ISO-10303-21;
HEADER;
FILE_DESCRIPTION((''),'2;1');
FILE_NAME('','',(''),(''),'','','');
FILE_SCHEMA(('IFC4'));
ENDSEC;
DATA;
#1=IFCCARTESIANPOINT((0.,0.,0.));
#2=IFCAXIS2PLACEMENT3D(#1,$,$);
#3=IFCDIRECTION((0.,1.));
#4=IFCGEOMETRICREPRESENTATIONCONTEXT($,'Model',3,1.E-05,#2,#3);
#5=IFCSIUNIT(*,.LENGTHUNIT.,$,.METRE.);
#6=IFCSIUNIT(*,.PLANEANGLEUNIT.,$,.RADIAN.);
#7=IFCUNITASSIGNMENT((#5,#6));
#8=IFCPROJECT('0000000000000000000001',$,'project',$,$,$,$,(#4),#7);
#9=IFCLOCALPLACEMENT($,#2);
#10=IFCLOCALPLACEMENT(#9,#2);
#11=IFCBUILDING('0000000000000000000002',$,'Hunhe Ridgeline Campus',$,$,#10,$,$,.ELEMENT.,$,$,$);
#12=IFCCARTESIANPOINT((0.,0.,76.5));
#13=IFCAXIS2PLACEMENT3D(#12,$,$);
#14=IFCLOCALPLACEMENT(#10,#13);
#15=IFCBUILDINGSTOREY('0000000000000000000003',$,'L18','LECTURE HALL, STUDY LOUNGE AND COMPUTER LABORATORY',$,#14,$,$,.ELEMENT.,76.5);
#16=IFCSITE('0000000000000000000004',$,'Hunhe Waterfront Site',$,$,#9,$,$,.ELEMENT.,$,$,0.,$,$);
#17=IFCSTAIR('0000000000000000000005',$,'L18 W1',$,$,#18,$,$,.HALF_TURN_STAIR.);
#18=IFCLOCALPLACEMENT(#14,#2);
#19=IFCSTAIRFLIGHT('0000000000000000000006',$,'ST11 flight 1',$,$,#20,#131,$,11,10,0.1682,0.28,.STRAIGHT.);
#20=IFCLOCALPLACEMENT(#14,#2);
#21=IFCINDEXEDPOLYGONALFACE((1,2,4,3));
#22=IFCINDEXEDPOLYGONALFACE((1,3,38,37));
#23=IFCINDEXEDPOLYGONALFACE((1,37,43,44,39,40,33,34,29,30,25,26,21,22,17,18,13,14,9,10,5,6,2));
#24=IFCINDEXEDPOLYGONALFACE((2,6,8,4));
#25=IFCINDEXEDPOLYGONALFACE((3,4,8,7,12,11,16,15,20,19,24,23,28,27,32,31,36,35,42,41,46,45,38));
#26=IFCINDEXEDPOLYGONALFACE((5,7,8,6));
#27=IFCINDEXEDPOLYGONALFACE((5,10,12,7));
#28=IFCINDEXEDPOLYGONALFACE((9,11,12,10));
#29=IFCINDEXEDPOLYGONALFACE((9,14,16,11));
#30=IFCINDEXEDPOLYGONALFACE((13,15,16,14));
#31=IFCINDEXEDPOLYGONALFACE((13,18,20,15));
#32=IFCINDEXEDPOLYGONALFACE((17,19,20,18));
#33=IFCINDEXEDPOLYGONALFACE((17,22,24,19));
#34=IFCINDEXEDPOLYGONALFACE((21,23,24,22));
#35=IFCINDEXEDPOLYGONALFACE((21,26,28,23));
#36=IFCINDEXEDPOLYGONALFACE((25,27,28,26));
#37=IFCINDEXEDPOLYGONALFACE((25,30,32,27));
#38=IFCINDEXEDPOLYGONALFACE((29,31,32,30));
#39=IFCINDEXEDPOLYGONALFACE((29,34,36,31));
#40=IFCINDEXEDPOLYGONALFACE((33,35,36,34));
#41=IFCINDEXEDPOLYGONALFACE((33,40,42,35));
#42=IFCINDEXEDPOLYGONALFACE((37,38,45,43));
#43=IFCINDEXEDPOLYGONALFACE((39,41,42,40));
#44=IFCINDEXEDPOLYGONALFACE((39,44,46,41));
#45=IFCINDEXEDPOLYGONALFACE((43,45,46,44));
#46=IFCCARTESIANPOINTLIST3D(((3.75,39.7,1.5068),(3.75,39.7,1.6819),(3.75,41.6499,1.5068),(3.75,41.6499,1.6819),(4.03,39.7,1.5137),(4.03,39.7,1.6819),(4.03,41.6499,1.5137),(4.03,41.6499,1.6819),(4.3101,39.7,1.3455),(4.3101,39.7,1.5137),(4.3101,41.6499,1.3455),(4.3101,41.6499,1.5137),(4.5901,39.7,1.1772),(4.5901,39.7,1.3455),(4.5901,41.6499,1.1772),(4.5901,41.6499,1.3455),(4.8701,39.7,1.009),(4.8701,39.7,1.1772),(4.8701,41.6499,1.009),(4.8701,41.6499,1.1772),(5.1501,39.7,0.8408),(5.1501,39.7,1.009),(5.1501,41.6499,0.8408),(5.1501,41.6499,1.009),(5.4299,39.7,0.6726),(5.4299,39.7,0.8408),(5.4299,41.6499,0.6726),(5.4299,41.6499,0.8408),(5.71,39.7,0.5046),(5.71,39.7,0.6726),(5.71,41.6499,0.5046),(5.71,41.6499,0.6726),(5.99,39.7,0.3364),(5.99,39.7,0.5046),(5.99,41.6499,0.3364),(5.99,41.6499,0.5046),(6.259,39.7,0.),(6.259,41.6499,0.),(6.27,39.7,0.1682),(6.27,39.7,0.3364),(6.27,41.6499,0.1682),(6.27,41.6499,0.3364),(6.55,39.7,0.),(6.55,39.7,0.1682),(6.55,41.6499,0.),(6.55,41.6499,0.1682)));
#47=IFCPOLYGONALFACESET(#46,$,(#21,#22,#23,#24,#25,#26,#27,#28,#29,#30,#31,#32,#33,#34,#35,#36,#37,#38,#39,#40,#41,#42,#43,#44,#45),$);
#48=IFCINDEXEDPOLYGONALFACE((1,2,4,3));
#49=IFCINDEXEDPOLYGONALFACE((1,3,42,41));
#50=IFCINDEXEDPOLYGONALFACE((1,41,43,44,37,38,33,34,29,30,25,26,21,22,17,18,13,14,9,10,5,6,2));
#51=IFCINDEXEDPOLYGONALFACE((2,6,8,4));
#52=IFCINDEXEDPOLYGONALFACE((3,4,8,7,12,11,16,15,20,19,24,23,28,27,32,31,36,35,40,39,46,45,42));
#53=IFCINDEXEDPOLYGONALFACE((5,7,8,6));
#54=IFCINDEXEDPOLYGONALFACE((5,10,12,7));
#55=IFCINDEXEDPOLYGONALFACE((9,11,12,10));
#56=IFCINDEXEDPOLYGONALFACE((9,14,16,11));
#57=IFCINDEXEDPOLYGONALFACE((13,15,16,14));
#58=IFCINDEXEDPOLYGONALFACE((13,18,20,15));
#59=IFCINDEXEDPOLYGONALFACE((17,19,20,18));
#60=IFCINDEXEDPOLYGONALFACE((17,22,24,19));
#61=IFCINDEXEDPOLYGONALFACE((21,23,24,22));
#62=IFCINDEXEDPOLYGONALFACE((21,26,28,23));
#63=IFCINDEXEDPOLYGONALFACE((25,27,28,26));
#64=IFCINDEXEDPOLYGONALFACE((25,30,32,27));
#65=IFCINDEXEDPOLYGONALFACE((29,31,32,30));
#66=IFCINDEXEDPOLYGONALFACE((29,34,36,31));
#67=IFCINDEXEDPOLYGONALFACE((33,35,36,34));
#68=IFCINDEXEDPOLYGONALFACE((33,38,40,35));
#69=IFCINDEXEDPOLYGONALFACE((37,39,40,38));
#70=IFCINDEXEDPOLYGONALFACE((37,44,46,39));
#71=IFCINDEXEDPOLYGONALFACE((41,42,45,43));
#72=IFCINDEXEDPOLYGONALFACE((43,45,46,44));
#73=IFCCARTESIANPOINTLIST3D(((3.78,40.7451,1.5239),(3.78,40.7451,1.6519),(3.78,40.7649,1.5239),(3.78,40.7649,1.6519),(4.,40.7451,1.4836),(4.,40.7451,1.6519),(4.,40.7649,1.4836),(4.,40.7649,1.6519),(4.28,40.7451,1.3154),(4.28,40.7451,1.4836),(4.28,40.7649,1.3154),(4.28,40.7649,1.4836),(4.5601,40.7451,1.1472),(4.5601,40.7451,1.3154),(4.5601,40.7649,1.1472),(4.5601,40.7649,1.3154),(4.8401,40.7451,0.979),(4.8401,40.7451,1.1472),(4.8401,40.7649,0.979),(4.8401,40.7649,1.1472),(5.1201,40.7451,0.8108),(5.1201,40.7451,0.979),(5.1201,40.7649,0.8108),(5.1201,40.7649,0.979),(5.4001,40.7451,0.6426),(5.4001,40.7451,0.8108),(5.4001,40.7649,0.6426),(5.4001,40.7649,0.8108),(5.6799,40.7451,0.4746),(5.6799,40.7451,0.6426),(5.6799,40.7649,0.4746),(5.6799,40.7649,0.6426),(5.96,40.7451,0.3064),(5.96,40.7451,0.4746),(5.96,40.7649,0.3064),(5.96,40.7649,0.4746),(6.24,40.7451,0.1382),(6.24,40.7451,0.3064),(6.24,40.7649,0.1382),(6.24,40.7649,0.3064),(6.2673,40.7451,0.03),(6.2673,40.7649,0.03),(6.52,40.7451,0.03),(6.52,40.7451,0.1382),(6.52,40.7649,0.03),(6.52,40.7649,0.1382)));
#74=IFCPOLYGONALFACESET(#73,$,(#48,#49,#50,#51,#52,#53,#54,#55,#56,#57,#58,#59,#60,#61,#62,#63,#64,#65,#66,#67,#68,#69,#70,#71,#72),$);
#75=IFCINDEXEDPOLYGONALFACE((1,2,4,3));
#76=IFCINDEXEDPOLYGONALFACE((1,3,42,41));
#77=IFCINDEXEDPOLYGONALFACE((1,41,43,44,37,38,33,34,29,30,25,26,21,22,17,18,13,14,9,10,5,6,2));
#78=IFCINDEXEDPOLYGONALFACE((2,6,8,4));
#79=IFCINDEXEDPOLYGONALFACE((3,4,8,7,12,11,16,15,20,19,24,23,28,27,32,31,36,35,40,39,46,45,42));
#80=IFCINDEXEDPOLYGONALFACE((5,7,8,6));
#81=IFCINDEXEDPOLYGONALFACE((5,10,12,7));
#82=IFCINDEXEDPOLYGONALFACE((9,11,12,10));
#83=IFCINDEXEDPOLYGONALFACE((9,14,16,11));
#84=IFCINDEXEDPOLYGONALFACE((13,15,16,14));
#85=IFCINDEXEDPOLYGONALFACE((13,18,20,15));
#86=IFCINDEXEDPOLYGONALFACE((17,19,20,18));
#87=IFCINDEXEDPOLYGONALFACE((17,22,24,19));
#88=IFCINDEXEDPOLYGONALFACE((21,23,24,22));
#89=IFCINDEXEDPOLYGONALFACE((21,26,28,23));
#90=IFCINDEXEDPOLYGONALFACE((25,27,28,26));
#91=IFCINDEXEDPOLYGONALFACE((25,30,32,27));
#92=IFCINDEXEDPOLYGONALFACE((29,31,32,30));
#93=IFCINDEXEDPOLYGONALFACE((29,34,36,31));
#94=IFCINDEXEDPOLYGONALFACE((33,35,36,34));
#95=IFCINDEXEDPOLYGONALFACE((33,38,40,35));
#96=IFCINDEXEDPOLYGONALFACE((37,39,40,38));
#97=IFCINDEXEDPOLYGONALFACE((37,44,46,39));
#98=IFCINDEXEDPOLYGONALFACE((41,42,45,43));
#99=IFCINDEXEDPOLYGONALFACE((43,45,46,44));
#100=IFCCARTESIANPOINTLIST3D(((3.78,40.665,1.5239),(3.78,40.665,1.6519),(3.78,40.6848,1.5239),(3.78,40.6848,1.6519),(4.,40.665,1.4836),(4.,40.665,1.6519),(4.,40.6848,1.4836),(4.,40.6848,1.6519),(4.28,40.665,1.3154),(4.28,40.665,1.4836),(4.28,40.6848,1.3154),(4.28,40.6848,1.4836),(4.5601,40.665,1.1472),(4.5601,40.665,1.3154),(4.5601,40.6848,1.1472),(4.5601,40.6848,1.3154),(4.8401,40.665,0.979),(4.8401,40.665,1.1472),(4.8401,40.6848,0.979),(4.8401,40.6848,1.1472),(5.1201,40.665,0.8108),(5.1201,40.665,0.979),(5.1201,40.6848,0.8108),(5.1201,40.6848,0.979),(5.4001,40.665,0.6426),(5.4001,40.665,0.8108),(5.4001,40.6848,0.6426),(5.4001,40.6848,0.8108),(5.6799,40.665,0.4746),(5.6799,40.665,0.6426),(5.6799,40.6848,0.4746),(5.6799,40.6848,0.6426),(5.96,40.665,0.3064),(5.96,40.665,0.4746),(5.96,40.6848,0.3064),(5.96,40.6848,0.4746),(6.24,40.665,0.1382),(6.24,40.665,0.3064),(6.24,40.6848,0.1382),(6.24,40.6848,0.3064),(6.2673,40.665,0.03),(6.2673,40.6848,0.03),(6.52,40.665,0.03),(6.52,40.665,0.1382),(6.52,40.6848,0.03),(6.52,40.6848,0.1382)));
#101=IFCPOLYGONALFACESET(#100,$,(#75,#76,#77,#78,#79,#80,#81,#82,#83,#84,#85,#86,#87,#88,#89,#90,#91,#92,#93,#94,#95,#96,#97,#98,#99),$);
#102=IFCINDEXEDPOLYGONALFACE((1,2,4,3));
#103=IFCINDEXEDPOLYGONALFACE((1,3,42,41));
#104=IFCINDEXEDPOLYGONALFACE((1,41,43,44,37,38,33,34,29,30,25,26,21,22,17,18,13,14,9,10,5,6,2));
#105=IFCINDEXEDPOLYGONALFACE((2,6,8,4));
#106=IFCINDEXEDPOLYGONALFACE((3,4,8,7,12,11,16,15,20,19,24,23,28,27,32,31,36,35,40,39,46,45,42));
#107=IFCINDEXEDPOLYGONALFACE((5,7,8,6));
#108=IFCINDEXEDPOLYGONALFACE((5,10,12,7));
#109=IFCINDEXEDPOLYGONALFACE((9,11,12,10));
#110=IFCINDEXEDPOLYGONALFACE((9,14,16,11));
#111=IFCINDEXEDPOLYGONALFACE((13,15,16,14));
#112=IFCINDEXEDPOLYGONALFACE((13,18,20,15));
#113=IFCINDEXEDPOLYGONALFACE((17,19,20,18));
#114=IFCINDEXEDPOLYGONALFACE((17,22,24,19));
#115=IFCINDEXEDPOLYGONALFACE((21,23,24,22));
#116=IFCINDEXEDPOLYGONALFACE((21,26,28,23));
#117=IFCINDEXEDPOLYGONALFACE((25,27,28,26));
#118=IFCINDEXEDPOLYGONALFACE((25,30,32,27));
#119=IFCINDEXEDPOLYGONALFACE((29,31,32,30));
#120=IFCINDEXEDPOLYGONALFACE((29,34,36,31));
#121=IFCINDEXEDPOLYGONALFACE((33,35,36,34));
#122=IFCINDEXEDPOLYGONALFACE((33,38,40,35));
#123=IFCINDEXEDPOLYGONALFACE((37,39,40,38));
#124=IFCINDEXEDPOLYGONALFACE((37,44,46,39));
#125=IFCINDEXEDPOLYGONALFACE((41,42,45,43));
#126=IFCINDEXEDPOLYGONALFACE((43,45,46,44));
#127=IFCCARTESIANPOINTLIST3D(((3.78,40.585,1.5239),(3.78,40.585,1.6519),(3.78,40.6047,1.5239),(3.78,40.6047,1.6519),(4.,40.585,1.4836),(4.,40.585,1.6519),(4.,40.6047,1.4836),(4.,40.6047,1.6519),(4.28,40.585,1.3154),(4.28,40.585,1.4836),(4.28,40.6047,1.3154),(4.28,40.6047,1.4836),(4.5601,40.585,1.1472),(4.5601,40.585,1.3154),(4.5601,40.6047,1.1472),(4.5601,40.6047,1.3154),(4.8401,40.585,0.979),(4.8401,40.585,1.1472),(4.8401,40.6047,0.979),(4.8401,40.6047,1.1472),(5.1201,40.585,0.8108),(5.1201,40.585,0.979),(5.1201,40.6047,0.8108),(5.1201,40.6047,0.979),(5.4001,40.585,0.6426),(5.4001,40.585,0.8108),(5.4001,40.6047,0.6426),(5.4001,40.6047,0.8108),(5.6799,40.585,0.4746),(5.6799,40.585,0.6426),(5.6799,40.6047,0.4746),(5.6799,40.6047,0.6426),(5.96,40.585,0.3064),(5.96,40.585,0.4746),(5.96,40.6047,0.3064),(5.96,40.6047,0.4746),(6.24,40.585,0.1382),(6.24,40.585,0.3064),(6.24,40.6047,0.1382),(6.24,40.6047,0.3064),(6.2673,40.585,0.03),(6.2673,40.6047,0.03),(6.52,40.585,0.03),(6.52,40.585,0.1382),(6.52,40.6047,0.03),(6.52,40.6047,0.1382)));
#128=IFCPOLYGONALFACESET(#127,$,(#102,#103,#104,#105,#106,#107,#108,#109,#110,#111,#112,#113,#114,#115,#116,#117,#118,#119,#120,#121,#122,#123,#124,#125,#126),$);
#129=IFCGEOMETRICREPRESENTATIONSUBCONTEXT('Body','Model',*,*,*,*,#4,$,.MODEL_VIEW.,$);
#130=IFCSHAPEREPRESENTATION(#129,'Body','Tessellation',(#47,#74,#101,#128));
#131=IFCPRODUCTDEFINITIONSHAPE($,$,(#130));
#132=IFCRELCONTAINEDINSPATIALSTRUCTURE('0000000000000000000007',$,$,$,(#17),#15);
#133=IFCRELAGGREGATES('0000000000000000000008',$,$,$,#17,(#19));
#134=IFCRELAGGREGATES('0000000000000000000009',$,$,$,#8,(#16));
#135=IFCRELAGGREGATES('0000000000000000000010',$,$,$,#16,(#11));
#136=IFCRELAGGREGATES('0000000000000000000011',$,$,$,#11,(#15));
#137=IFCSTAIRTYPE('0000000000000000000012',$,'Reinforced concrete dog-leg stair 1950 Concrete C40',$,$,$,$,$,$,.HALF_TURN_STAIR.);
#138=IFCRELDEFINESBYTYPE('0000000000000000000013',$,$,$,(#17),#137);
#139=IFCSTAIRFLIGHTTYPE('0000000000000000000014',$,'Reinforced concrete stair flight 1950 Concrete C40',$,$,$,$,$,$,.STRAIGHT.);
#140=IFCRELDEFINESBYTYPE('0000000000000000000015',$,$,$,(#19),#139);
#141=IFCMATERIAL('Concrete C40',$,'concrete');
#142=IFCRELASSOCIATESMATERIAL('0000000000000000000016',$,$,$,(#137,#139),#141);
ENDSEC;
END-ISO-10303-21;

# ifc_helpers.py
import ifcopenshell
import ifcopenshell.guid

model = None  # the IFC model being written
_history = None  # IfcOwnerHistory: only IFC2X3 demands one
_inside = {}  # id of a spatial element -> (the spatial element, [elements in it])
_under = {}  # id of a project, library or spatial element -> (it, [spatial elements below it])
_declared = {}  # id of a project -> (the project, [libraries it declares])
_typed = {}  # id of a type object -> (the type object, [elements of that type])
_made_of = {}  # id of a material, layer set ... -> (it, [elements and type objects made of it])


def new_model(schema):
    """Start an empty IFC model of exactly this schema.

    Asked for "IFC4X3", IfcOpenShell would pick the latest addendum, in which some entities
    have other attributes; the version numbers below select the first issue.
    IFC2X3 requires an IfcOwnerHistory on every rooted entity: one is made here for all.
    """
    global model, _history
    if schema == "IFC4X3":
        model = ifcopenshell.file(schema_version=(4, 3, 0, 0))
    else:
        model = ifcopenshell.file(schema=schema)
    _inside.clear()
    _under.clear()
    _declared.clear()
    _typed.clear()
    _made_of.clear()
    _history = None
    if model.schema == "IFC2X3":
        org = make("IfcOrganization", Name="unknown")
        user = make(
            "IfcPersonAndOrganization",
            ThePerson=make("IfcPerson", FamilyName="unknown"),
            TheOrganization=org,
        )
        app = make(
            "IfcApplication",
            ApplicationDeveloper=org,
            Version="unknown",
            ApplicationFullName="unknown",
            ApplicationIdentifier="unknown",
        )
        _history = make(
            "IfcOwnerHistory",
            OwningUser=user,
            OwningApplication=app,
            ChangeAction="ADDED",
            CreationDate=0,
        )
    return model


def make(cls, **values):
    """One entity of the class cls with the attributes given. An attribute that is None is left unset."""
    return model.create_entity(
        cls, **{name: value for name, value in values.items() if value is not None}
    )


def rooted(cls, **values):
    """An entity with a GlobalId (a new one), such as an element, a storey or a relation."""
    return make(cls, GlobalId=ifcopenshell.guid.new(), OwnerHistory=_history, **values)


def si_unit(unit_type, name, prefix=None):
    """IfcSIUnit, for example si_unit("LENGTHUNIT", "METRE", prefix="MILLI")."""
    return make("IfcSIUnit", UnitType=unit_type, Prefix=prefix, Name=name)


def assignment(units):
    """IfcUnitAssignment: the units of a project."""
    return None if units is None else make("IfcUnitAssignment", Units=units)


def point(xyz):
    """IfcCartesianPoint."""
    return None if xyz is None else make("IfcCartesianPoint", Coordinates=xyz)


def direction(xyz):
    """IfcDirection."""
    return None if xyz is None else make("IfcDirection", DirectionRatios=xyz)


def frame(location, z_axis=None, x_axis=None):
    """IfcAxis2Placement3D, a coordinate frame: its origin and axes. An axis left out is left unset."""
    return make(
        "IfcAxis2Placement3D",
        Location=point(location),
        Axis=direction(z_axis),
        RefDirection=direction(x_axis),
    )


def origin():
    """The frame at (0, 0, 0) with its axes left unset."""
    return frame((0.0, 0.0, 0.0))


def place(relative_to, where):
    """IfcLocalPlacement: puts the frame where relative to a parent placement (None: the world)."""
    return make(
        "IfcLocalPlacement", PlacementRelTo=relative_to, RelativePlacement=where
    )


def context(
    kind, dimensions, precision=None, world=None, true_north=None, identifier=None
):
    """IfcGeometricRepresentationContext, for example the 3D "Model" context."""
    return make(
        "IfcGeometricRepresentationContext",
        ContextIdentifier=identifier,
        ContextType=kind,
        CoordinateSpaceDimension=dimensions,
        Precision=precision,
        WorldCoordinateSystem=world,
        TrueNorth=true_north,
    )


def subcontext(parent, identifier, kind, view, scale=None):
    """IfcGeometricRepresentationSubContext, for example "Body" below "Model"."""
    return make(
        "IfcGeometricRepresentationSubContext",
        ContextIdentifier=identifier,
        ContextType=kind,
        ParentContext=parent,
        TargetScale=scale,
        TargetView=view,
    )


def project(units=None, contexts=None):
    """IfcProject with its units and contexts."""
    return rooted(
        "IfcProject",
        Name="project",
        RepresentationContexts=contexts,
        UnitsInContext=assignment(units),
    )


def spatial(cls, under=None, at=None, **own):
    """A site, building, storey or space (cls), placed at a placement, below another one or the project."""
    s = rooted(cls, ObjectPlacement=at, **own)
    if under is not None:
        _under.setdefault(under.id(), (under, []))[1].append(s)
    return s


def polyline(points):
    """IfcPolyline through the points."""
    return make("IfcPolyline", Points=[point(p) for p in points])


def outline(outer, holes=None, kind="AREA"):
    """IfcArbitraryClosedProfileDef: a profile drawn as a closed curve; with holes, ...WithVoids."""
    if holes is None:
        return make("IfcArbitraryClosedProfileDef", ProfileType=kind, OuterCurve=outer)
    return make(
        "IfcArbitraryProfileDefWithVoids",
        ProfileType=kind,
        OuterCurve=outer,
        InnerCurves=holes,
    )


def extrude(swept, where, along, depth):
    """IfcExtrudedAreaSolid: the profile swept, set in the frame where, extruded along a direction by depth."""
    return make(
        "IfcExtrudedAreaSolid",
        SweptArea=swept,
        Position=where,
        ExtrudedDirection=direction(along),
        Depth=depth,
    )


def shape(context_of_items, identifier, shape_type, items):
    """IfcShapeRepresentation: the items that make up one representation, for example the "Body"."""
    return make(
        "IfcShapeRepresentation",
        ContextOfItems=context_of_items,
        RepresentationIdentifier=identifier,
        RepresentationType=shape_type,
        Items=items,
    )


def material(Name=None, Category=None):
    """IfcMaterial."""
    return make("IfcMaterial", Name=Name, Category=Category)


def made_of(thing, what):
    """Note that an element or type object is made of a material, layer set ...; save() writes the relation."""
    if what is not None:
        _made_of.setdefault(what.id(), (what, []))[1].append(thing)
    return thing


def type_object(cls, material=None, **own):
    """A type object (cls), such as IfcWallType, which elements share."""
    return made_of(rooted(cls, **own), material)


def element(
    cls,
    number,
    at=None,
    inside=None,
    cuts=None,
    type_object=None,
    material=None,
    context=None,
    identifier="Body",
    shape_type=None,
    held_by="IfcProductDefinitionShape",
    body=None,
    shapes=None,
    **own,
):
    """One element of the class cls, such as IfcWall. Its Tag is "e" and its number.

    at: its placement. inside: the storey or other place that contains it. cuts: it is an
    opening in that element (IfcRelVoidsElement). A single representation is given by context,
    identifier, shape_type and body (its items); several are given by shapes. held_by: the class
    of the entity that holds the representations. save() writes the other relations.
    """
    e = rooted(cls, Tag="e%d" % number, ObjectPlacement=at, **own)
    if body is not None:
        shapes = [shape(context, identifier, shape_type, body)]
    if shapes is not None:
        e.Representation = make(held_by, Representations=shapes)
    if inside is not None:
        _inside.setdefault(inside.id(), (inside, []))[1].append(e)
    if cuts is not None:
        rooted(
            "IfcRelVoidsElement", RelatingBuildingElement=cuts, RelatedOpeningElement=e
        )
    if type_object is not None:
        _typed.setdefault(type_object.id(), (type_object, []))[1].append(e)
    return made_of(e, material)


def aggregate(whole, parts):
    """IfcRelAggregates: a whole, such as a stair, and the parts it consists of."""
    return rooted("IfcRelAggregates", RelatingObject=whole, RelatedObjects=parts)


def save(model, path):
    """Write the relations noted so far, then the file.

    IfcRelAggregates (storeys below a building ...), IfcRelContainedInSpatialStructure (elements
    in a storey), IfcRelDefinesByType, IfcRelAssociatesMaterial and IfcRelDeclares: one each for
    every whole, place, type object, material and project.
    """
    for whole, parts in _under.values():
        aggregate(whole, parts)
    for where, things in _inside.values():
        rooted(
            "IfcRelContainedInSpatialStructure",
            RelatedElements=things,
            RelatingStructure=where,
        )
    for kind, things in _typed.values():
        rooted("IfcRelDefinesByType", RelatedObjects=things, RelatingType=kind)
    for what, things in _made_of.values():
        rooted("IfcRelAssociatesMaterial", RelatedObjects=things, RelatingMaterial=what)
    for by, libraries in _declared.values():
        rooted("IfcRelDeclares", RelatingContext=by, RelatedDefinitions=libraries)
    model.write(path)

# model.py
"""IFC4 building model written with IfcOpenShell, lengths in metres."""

from ifc_helpers import new_model, si_unit, direction, frame, origin, place, context, subcontext, project, spatial, polyline, outline, extrude, material, type_object, element, aggregate, save


model = new_model("IFC4")

# Units and contexts
model_context = context("Model", 3, precision=1e-05, world=origin(), true_north=direction((0.0, 1.0)))
body_context = subcontext(model_context, "Body", "Model", "MODEL_VIEW")
ifc_project = project(units=[si_unit("LENGTHUNIT", "METRE"), si_unit("PLANEANGLEUNIT", "RADIAN")], contexts=[model_context])

# Site, building, storey
site_placement = place(None, origin())
site = spatial("IfcSite", under=ifc_project, at=site_placement, Name="Hunhe Waterfront Site", CompositionType="ELEMENT", RefElevation=0.0)
building_placement = place(site_placement, origin())
building = spatial("IfcBuilding", under=site, at=building_placement, Name="Hunhe Ridgeline Campus", CompositionType="ELEMENT")
storey_placement = place(building_placement, frame((0.0, 0.0, 76.5)))
storey = spatial("IfcBuildingStorey", under=building, at=storey_placement, Name="L18", Description="LECTURE HALL, STUDY LOUNGE AND COMPUTER LABORATORY", CompositionType="ELEMENT", Elevation=76.5)

# Stair, stair flight
ifc_material_1 = material(Name="Concrete C40", Category="concrete")
stair_type = type_object("IfcStairType", Name="Reinforced concrete dog-leg stair 1950 Concrete C40", PredefinedType="HALF_TURN_STAIR", material=ifc_material_1)
stair_placement = place(storey_placement, origin())
stair = element("IfcStair", 1, at=stair_placement, inside=storey, type_object=stair_type, Name="L18 W1", PredefinedType="HALF_TURN_STAIR")
stair_flight_type = type_object("IfcStairFlightType", Name="Reinforced concrete stair flight 1950 Concrete C40", PredefinedType="STRAIGHT", material=ifc_material_1)
stair_flight_1_placement = place(storey_placement, frame((6.55, 40.675, 0.0), z_axis=(0.0, 0.0, 1.0), x_axis=(-1.0, 0.0, 0.0)))
stair_flight_1 = element("IfcStairFlight", 2, at=stair_flight_1_placement, type_object=stair_flight_type, Name="ST11 flight 1", NumberOfRisers=11, NumberOfTreads=10, PredefinedType="STRAIGHT", RiserHeight=0.1682, TreadLength=0.28, context=body_context, shape_type="SweptSolid", body=[
    extrude(outline(polyline([(0.0, 0.0), (0.0, 0.1682), (0.28, 0.1682), (0.28, 0.3364), (0.5601, 0.3364), (0.5601, 0.5046), (0.8401, 0.5046), (0.8401, 0.6726), (1.1201, 0.6726), (1.1201, 0.8408), (1.3999, 0.8408), (1.3999, 1.009), (1.6799, 1.009), (1.6799, 1.1772), (1.96, 1.1772), (1.96, 1.3455), (2.24, 1.3455), (2.24, 1.5137), (2.52, 1.5137), (2.52, 1.6819), (2.8, 1.6819), (2.8, 1.8501), (2.8, 1.5068), (0.291, 0.0), (0.0, 0.0)])), frame((0.0, 0.9751, 0.0), z_axis=(0.0, -1.0, 0.0), x_axis=(1.0, 0.0, 0.0)), (0.0, 0.0, 1.0), 1.95),
    extrude(outline(polyline([(0.03, 0.03), (0.03, 0.1382), (0.3101, 0.1382), (0.3101, 0.3064), (0.5901, 0.3064), (0.5901, 0.4746), (0.8701, 0.4746), (0.8701, 0.6426), (1.1499, 0.6426), (1.1499, 0.8108), (1.4299, 0.8108), (1.4299, 0.979), (1.71, 0.979), (1.71, 1.1472), (1.99, 1.1472), (1.99, 1.3154), (2.27, 1.3154), (2.27, 1.4836), (2.55, 1.4836), (2.55, 1.6519), (2.77, 1.6519), (2.77, 1.5239), (0.2827, 0.03), (0.03, 0.03)])), frame((0.0, -0.0701, 0.0), z_axis=(0.0, -1.0, 0.0), x_axis=(1.0, 0.0, 0.0)), (0.0, 0.0, 1.0), 0.0198),
    extrude(outline(polyline([(0.03, 0.03), (0.03, 0.1382), (0.3101, 0.1382), (0.3101, 0.3064), (0.5901, 0.3064), (0.5901, 0.4746), (0.8701, 0.4746), (0.8701, 0.6426), (1.1499, 0.6426), (1.1499, 0.8108), (1.4299, 0.8108), (1.4299, 0.979), (1.71, 0.979), (1.71, 1.1472), (1.99, 1.1472), (1.99, 1.3154), (2.27, 1.3154), (2.27, 1.4836), (2.55, 1.4836), (2.55, 1.6519), (2.77, 1.6519), (2.77, 1.5239), (0.2827, 0.03), (0.03, 0.03)])), frame((0.0, 0.01, 0.0), z_axis=(0.0, -1.0, 0.0), x_axis=(1.0, 0.0, 0.0)), (0.0, 0.0, 1.0), 0.0198),
    extrude(outline(polyline([(0.03, 0.03), (0.03, 0.1382), (0.3101, 0.1382), (0.3101, 0.3064), (0.5901, 0.3064), (0.5901, 0.4746), (0.8701, 0.4746), (0.8701, 0.6426), (1.1499, 0.6426), (1.1499, 0.8108), (1.4299, 0.8108), (1.4299, 0.979), (1.71, 0.979), (1.71, 1.1472), (1.99, 1.1472), (1.99, 1.3154), (2.27, 1.3154), (2.27, 1.4836), (2.55, 1.4836), (2.55, 1.6519), (2.77, 1.6519), (2.77, 1.5239), (0.2827, 0.03), (0.03, 0.03)])), frame((0.0, 0.0901, 0.0), z_axis=(0.0, -1.0, 0.0), x_axis=(1.0, 0.0, 0.0)), (0.0, 0.0, 1.0), 0.0198),
])
aggregate(stair, [stair_flight_1])

save(model, "model.ifc")
